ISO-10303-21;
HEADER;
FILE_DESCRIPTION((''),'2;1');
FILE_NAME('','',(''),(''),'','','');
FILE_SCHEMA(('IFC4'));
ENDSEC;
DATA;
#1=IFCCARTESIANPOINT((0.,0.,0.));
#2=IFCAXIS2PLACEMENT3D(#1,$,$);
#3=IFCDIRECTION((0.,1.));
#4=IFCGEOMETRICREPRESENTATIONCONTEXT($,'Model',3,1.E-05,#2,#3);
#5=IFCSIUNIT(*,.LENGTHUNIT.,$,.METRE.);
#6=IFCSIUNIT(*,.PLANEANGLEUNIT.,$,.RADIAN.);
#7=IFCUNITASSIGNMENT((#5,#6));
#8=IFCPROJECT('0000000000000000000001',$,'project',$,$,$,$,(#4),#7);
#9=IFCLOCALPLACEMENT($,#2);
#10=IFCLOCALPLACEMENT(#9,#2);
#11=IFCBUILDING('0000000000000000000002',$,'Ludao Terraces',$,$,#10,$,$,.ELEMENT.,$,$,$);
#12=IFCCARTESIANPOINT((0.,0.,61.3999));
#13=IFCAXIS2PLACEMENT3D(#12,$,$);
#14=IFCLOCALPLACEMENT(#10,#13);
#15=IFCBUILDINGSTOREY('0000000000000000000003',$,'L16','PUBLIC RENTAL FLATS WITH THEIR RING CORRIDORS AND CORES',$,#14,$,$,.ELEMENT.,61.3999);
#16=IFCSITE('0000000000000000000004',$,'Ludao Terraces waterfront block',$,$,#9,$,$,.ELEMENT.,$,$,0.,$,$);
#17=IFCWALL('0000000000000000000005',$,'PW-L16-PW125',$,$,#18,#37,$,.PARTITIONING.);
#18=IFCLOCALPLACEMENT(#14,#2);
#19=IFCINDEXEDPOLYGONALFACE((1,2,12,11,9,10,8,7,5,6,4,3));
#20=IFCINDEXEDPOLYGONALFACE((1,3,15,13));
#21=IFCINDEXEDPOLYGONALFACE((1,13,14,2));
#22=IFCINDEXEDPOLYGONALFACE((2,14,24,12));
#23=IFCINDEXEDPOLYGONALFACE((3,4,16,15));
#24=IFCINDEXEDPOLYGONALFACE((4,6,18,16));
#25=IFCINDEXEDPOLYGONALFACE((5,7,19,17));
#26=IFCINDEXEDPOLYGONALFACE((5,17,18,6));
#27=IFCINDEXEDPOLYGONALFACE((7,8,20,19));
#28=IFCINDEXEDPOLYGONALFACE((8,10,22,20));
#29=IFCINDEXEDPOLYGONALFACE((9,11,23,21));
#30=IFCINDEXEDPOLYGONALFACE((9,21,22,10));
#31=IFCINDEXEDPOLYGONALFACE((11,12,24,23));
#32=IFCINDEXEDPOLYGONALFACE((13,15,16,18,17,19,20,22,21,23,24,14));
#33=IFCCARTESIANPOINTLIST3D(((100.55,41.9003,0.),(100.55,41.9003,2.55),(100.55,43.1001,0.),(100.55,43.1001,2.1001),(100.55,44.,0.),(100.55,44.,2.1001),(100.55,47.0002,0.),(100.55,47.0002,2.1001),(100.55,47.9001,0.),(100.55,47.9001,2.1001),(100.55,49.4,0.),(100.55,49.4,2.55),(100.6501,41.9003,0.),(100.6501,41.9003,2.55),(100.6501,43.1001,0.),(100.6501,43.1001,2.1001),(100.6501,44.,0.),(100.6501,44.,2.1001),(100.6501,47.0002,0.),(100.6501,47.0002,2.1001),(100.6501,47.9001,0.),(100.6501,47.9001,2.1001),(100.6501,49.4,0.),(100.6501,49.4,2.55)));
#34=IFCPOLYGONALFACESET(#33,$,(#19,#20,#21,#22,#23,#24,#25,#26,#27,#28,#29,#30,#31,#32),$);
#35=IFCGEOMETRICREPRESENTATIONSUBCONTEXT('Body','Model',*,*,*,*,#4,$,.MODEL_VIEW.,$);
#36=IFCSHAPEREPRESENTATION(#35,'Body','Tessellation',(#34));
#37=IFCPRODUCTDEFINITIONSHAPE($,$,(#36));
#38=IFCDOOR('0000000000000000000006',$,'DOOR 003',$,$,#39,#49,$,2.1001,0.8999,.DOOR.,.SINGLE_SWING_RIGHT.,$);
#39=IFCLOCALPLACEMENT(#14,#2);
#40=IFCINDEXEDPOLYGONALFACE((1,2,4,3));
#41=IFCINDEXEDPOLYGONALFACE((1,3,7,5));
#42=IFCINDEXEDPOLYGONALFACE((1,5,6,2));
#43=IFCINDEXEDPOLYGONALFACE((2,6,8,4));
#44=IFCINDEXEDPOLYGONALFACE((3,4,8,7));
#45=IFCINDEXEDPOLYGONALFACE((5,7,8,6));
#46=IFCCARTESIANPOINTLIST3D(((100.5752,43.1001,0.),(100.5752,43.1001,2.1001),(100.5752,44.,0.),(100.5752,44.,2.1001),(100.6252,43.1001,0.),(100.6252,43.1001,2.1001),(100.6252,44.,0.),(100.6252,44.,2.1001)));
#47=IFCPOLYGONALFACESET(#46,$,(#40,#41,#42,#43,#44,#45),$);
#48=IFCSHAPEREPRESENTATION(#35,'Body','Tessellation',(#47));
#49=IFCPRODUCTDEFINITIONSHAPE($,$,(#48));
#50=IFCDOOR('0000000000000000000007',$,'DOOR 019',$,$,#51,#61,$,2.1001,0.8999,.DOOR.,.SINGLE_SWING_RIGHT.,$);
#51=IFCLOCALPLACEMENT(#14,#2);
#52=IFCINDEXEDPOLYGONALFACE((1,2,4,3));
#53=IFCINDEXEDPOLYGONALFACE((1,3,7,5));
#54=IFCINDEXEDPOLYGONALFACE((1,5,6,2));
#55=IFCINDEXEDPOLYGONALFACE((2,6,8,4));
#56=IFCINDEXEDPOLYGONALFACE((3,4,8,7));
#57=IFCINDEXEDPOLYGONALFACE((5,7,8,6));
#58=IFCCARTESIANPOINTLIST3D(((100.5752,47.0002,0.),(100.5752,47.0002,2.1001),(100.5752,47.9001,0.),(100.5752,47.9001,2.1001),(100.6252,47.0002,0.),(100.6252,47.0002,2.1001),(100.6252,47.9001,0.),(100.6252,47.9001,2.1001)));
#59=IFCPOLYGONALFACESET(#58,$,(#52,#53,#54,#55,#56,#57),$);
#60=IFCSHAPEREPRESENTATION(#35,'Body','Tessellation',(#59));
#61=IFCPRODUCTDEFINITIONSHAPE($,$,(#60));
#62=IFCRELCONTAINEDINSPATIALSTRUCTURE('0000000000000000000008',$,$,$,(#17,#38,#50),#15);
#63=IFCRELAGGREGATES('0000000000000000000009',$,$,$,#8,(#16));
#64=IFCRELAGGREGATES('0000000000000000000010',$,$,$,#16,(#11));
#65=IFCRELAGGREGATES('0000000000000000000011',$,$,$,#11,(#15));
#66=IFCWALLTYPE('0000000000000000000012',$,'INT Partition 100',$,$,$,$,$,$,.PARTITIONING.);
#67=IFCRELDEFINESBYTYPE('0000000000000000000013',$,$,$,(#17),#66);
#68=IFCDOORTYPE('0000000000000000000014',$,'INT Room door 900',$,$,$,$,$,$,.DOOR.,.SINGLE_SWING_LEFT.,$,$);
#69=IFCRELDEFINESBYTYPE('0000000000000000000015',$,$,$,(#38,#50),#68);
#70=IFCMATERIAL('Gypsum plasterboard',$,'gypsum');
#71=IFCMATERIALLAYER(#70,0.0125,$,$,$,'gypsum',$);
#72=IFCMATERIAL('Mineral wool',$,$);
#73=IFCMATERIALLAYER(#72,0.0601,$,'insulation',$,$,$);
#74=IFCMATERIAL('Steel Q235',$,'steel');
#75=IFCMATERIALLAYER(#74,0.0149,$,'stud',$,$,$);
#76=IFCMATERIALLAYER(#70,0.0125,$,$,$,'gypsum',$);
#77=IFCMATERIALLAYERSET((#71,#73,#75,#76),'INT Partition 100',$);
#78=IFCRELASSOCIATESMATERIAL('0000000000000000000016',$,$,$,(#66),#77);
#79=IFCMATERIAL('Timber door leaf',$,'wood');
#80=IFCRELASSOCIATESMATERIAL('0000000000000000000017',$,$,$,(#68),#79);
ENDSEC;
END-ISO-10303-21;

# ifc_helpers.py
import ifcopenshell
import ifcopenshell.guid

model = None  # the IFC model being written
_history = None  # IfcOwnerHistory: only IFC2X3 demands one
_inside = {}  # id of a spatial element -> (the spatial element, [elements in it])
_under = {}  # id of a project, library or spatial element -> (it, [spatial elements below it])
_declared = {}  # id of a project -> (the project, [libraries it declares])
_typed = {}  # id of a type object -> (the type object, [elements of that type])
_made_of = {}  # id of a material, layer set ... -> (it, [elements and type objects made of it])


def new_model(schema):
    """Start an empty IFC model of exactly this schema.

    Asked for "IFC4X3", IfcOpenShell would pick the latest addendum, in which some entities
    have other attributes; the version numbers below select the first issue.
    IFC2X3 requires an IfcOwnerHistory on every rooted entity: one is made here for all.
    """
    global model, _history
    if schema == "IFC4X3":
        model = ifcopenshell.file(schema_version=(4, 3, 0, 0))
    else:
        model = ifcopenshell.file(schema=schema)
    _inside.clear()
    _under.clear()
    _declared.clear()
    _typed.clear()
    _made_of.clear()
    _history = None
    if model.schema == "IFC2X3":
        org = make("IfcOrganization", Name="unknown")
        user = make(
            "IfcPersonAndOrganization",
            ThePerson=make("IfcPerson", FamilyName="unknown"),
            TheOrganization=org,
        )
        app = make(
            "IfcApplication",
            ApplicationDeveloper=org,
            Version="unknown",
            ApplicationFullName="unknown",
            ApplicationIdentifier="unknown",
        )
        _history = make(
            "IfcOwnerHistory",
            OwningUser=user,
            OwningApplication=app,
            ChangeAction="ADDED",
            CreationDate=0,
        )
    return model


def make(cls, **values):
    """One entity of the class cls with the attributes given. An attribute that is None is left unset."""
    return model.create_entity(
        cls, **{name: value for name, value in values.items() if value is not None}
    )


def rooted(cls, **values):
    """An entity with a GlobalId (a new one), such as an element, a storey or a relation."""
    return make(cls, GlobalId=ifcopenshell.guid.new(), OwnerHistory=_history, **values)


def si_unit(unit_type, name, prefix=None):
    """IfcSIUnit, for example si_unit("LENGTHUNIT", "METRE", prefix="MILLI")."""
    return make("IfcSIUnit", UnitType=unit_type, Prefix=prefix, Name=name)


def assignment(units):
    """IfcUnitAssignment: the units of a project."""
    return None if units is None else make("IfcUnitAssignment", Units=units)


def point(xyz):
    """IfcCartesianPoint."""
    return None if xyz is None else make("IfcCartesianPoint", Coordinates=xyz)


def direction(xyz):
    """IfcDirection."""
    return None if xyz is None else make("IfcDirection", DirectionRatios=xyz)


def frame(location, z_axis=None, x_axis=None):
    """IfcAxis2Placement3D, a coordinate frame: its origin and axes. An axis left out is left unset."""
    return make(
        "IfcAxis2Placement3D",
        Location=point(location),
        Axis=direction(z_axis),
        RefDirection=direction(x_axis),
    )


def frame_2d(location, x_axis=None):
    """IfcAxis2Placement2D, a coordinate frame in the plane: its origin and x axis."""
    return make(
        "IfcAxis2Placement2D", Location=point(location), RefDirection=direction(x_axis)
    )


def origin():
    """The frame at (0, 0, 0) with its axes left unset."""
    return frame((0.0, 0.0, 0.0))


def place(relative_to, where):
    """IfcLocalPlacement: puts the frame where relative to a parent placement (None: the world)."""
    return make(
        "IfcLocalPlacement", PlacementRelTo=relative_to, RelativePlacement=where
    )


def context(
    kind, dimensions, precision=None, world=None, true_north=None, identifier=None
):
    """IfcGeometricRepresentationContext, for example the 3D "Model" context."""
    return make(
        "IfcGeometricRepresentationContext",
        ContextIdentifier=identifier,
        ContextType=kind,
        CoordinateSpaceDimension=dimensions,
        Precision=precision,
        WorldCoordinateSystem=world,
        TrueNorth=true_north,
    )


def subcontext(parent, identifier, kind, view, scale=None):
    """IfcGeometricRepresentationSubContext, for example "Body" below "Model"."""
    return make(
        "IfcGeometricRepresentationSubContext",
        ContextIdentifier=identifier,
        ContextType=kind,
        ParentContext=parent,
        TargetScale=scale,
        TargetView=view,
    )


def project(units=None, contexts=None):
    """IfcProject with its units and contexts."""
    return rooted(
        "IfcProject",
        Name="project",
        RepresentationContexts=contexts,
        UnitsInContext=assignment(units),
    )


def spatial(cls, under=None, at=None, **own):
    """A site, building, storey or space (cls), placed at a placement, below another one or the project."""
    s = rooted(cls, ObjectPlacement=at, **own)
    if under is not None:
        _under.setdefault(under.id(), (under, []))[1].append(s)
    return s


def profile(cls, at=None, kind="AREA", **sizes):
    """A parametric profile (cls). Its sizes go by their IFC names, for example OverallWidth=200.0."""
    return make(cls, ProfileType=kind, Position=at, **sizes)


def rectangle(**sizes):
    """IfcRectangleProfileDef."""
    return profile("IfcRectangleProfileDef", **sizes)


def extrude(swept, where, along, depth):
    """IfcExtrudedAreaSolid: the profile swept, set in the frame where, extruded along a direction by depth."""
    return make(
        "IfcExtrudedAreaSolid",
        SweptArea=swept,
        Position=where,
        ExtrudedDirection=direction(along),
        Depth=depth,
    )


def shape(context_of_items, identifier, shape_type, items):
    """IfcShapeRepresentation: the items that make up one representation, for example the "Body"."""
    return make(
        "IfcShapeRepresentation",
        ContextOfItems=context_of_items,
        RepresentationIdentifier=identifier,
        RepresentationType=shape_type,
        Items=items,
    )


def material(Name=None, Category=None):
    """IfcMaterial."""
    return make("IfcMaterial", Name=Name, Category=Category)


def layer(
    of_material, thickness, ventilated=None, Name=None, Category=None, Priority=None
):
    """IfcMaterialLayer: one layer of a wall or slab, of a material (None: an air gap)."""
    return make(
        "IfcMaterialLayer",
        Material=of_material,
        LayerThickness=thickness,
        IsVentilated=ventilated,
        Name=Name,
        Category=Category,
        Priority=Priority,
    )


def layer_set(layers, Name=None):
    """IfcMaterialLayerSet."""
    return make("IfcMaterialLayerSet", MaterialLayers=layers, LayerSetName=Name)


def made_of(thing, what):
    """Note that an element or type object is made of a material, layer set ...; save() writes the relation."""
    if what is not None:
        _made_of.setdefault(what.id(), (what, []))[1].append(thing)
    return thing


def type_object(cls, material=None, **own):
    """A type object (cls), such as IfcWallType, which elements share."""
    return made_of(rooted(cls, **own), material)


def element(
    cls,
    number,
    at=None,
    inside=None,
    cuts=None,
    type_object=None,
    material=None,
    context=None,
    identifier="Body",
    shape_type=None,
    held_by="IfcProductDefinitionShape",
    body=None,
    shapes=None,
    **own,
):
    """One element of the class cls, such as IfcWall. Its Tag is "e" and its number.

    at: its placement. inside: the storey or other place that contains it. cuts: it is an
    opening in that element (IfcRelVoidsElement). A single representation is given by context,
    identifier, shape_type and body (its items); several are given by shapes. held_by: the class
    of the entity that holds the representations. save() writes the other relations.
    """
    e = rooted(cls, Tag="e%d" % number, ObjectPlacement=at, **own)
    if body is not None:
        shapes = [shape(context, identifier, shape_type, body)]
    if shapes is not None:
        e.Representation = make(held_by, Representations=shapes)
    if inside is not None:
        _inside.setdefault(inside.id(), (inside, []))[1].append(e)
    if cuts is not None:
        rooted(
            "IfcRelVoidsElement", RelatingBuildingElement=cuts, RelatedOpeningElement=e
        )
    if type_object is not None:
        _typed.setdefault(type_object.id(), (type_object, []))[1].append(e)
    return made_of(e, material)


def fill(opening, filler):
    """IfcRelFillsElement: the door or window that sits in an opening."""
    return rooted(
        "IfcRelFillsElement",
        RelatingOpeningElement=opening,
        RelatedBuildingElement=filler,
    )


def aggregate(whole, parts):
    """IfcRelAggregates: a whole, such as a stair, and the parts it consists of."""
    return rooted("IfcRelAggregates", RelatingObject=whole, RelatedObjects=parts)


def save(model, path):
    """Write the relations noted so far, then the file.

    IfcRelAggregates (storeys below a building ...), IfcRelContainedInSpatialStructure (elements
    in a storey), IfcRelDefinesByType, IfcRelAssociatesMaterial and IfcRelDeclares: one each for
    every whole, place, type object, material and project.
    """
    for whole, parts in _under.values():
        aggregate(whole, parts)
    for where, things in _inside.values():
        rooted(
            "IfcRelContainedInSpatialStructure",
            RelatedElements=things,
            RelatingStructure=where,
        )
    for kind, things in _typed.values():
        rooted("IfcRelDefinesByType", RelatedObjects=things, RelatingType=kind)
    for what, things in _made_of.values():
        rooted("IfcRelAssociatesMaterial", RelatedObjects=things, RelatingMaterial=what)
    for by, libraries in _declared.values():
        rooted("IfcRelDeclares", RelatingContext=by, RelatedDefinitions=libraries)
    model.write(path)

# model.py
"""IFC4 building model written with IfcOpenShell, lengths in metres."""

from ifc_helpers import new_model, si_unit, direction, frame, frame_2d, origin, place, context, subcontext, project, spatial, rectangle, extrude, material, layer, layer_set, type_object, element, fill, save


model = new_model("IFC4")

# Units and contexts
model_context = context("Model", 3, precision=1e-05, world=origin(), true_north=direction((0.0, 1.0)))
body_context = subcontext(model_context, "Body", "Model", "MODEL_VIEW")
ifc_project = project(units=[si_unit("LENGTHUNIT", "METRE"), si_unit("PLANEANGLEUNIT", "RADIAN")], contexts=[model_context])

# Site, building, storey
site_placement = place(None, origin())
site = spatial("IfcSite", under=ifc_project, at=site_placement, Name="Ludao Terraces waterfront block", CompositionType="ELEMENT", RefElevation=0.0)
building_placement = place(site_placement, origin())
building = spatial("IfcBuilding", under=site, at=building_placement, Name="Ludao Terraces", CompositionType="ELEMENT")
storey_placement = place(building_placement, frame((0.0, 0.0, 61.3999)))
storey = spatial("IfcBuildingStorey", under=building, at=storey_placement, Name="L16", Description="PUBLIC RENTAL FLATS WITH THEIR RING CORRIDORS AND CORES", CompositionType="ELEMENT", Elevation=61.3999)

# Shared definitions
ifc_material_1 = material(Name="Gypsum plasterboard", Category="gypsum")
ifc_layer_1 = layer(ifc_material_1, 0.0125, Category="gypsum")
ifc_material_2 = material(Name="Mineral wool")
ifc_layer_2 = layer(ifc_material_2, 0.0601, Name="insulation")
ifc_material_3 = material(Name="Steel Q235", Category="steel")
ifc_layer_3 = layer(ifc_material_3, 0.0149, Name="stud")
ifc_layer_4 = layer(ifc_material_1, 0.0125, Category="gypsum")
ifc_layer_set = layer_set([ifc_layer_1, ifc_layer_2, ifc_layer_3, ifc_layer_4], Name="INT Partition 100")
wall_type = type_object("IfcWallType", Name="INT Partition 100", PredefinedType="PARTITIONING", material=ifc_layer_set)

# Wall, openings, doors
ifc_material_4 = material(Name="Timber door leaf", Category="wood")
wall_1_placement = place(storey_placement, frame((100.6001, 41.9001, 0.0), z_axis=(0.0, 0.0, 1.0), x_axis=(0.0, 1.0, 0.0)))
wall_1 = element("IfcWall", 1, at=wall_1_placement, inside=storey, type_object=wall_type, Name="PW-L16-PW125", PredefinedType="PARTITIONING", context=body_context, shape_type="SweptSolid", body=[
    extrude(rectangle(XDim=7.4998, YDim=0.1001, at=frame_2d((3.75, 0.0))), origin(), (0.0, 0.0, 1.0), 2.55),
])
opening_1_placement = place(wall_1_placement, frame((1.2, 0.0, 0.0)))
opening_1 = element("IfcOpeningElement", 2, at=opening_1_placement, cuts=wall_1, PredefinedType="OPENING", context=body_context, shape_type="SweptSolid", body=[
    extrude(rectangle(XDim=0.8999, YDim=2.1001, at=frame_2d((0.45, 1.05))), frame((0.0, 0.0601, 0.0), z_axis=(0.0, -1.0, 0.0), x_axis=(1.0, 0.0, 0.0)), (0.0, 0.0, 1.0), 0.1201),
])
opening_2_placement = place(wall_1_placement, frame((5.1001, 0.0, 0.0)))
opening_2 = element("IfcOpeningElement", 3, at=opening_2_placement, cuts=wall_1, PredefinedType="OPENING", context=body_context, shape_type="SweptSolid", body=[
    extrude(rectangle(XDim=0.8999, YDim=2.1001, at=frame_2d((0.45, 1.05))), frame((0.0, 0.0601, 0.0), z_axis=(0.0, -1.0, 0.0), x_axis=(1.0, 0.0, 0.0)), (0.0, 0.0, 1.0), 0.1201),
])
door_type_1 = type_object("IfcDoorType", Name="INT Room door 900", OperationType="SINGLE_SWING_LEFT", PredefinedType="DOOR", material=ifc_material_4)
door_1_placement = place(opening_1_placement, origin())
door_1 = element("IfcDoor", 4, at=door_1_placement, inside=storey, type_object=door_type_1, Name="DOOR 003", OperationType="SINGLE_SWING_RIGHT", OverallHeight=2.1001, OverallWidth=0.8999, PredefinedType="DOOR", context=body_context, shape_type="SweptSolid", body=[
    extrude(rectangle(XDim=0.8999, YDim=2.1001, at=frame_2d((0.45, 1.05))), frame((0.0, 0.0249, 0.0), z_axis=(0.0, -1.0, 0.0), x_axis=(1.0, 0.0, 0.0)), (0.0, 0.0, 1.0), 0.05),
])
fill(opening_1, door_1)
door_2_placement = place(opening_2_placement, origin())
door_2 = element("IfcDoor", 5, at=door_2_placement, inside=storey, type_object=door_type_1, Name="DOOR 019", OperationType="SINGLE_SWING_RIGHT", OverallHeight=2.1001, OverallWidth=0.8999, PredefinedType="DOOR", context=body_context, shape_type="SweptSolid", body=[
    extrude(rectangle(XDim=0.8999, YDim=2.1001, at=frame_2d((0.45, 1.05))), frame((0.0, 0.0249, 0.0), z_axis=(0.0, -1.0, 0.0), x_axis=(1.0, 0.0, 0.0)), (0.0, 0.0, 1.0), 0.05),
])
fill(opening_2, door_2)

save(model, "model.ifc")
